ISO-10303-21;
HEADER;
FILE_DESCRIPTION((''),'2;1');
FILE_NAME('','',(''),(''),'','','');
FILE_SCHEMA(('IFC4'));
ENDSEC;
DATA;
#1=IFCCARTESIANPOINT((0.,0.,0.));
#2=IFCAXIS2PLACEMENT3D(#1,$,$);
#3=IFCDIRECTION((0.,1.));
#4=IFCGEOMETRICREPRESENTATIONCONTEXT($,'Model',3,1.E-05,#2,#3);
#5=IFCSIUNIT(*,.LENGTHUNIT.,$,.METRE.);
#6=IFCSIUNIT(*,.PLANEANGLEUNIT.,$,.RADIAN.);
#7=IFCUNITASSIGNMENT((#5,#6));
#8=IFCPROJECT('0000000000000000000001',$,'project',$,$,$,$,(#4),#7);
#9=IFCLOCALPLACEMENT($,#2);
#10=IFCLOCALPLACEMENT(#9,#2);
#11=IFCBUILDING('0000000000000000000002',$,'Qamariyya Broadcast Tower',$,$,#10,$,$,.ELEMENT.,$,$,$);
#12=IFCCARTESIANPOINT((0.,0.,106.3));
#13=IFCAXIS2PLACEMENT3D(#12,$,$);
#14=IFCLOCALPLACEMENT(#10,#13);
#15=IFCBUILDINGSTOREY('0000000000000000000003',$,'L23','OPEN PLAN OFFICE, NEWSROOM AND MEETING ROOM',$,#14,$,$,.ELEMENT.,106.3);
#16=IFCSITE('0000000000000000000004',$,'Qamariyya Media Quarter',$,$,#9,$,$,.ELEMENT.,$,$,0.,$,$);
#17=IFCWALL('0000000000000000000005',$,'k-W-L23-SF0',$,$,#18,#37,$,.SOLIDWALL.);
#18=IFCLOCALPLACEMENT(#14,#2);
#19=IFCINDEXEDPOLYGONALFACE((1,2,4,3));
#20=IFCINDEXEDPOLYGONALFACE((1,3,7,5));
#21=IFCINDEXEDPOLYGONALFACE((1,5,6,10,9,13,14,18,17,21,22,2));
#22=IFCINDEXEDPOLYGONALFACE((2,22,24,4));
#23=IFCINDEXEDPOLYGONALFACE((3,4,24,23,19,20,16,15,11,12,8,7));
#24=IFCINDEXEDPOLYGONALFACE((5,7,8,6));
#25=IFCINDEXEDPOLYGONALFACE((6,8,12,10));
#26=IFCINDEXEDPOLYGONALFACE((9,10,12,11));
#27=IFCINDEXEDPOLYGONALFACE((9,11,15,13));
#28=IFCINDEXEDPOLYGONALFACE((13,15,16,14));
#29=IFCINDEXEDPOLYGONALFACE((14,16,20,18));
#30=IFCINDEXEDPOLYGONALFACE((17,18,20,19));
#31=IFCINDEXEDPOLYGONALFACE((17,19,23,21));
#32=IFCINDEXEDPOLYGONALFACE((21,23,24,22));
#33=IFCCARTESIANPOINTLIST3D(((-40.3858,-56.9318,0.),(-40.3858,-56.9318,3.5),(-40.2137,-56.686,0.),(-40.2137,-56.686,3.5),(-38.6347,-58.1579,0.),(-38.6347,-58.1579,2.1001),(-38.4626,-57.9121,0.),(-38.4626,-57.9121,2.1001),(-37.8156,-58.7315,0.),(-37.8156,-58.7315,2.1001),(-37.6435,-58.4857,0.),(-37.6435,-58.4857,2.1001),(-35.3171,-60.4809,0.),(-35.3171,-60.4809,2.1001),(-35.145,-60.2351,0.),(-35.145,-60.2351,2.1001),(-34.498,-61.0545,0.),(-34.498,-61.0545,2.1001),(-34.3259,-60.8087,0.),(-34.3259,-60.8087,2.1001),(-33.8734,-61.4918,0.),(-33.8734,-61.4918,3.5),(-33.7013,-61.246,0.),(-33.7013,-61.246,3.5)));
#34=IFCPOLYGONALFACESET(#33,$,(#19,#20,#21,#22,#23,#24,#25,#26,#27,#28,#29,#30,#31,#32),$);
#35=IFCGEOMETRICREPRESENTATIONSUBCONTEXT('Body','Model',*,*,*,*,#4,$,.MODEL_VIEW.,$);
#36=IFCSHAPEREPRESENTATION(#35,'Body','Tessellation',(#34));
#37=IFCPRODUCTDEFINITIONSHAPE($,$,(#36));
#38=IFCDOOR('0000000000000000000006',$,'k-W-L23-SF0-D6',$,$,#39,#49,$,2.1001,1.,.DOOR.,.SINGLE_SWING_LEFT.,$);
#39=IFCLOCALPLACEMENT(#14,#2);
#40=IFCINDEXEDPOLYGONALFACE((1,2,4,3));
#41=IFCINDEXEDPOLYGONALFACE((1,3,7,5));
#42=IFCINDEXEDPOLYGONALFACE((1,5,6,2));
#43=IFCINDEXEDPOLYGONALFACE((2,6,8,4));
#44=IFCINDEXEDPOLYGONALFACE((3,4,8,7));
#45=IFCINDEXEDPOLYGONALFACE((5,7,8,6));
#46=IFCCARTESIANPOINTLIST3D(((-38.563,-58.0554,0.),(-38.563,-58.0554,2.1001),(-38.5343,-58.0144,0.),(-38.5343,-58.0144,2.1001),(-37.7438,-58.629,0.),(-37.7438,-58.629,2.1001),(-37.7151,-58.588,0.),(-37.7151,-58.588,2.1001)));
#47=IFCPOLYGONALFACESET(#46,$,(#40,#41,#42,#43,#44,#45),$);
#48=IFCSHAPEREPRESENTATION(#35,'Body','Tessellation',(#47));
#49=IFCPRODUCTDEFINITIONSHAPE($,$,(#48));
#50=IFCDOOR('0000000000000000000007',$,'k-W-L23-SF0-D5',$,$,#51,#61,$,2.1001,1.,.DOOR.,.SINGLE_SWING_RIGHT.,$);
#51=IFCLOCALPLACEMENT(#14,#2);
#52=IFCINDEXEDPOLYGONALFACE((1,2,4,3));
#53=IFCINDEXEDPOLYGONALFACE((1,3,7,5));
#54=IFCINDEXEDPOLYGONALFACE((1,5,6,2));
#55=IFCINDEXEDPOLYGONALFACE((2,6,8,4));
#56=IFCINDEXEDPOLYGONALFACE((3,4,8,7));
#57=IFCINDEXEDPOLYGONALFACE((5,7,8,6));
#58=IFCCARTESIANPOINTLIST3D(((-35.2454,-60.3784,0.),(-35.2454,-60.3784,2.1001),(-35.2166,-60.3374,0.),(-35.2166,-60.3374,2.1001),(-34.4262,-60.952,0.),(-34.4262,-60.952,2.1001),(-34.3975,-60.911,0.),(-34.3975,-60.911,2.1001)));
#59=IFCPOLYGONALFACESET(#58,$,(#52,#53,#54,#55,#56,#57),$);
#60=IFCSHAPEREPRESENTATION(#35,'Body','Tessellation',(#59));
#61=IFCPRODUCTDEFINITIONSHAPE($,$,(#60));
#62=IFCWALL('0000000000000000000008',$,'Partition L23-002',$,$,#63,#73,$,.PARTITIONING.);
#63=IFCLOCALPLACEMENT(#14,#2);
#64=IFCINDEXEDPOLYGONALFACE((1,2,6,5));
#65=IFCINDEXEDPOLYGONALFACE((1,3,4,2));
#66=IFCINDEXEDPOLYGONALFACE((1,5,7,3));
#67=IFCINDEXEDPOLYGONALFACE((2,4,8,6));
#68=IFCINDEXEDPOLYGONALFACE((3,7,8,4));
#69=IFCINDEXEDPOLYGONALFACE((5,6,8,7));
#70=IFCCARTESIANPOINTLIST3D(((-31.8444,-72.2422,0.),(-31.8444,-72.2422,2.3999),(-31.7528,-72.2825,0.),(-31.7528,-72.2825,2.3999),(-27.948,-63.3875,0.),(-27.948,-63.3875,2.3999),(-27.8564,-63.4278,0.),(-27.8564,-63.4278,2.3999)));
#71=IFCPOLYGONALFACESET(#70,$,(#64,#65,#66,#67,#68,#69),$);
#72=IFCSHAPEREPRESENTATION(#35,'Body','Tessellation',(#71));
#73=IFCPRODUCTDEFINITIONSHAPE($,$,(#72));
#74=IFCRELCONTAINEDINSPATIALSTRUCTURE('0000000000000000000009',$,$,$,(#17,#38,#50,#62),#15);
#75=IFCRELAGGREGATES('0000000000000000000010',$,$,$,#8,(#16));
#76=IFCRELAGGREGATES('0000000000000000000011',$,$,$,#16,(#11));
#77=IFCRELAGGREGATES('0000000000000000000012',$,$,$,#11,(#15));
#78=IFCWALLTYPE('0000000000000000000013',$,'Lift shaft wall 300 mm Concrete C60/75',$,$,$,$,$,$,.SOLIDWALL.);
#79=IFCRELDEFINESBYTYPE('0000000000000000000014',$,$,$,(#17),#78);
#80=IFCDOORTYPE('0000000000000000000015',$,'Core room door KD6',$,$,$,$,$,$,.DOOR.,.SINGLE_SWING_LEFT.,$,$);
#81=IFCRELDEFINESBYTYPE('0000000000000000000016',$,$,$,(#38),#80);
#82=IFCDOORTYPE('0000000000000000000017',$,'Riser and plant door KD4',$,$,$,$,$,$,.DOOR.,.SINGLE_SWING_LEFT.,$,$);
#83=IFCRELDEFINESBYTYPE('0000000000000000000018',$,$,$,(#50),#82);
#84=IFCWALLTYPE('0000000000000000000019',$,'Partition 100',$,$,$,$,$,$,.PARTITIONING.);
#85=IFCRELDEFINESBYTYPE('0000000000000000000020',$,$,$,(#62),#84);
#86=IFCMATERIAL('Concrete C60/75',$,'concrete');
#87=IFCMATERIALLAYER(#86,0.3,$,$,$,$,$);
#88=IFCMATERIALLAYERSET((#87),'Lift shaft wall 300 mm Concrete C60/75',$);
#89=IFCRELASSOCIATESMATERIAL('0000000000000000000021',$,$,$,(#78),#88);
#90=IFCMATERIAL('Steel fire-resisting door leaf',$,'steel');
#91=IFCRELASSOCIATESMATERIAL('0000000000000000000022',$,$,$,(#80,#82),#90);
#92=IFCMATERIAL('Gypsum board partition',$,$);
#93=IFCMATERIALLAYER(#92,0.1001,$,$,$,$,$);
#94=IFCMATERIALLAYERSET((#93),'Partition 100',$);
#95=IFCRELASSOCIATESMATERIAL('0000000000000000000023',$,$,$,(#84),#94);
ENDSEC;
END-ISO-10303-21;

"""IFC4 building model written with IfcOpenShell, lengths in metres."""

from ifc_helpers import new_model, si_unit, direction, frame, frame_2d, origin, place, context, subcontext, project, spatial, rectangle, extrude, material, layer, layer_set, type_object, element, fill, save


model = new_model("IFC4")

# Units and contexts
model_context = context("Model", 3, precision=1e-05, world=origin(), true_north=direction((0.0, 1.0)))
body_context = subcontext(model_context, "Body", "Model", "MODEL_VIEW")
ifc_project = project(units=[si_unit("LENGTHUNIT", "METRE"), si_unit("PLANEANGLEUNIT", "RADIAN")], contexts=[model_context])

# Site, building, storey
site_placement = place(None, origin())
site = spatial("IfcSite", under=ifc_project, at=site_placement, Name="Qamariyya Media Quarter", CompositionType="ELEMENT", RefElevation=0.0)
building_placement = place(site_placement, origin())
building = spatial("IfcBuilding", under=site, at=building_placement, Name="Qamariyya Broadcast Tower", CompositionType="ELEMENT")
storey_placement = place(building_placement, frame((0.0, 0.0, 106.3)))
storey = spatial("IfcBuildingStorey", under=building, at=storey_placement, Name="L23", Description="OPEN PLAN OFFICE, NEWSROOM AND MEETING ROOM", CompositionType="ELEMENT", Elevation=106.3)

# Shared definitions
ifc_material_1 = material(Name="Gypsum board partition")

# Shared definitions
ifc_material_2 = material(Name="Concrete C60/75", Category="concrete")
ifc_layer_1 = layer(ifc_material_2, 0.3)
ifc_layer_set_1 = layer_set([ifc_layer_1], Name="Lift shaft wall 300 mm Concrete C60/75")
wall_type_1 = type_object("IfcWallType", Name="Lift shaft wall 300 mm Concrete C60/75", PredefinedType="SOLIDWALL", material=ifc_layer_set_1)
ifc_material_3 = material(Name="Steel fire-resisting door leaf", Category="steel")

# Wall, openings, doors
wall_1_placement = place(storey_placement, frame((-33.7874, -61.3689, 0.0), z_axis=(0.0, 0.0, 1.0), x_axis=(-0.819153, 0.573576, 0.0)))
wall_1 = element("IfcWall", 1, at=wall_1_placement, inside=storey, type_object=wall_type_1, Name="k-W-L23-SF0", PredefinedType="SOLIDWALL", context=body_context, shape_type="SweptSolid", body=[
    extrude(rectangle(XDim=7.9502, YDim=0.3, at=frame_2d((3.9751, 0.0))), origin(), (0.0, 0.0, 1.0), 3.5),
])
opening_1_placement = place(wall_1_placement, frame((0.7625, 0.0, 0.0)))
opening_1 = element("IfcOpeningElement", 2, at=opening_1_placement, cuts=wall_1, PredefinedType="OPENING", context=body_context, shape_type="SweptSolid", body=[
    extrude(rectangle(XDim=1.0, YDim=2.1001, at=frame_2d((0.5, 1.05))), frame((0.0, 0.1599, 0.0), z_axis=(0.0, -1.0, 0.0), x_axis=(1.0, 0.0, 0.0)), (0.0, 0.0, 1.0), 0.3201),
])
opening_2_placement = place(wall_1_placement, frame((4.8125, 0.0, 0.0)))
opening_2 = element("IfcOpeningElement", 3, at=opening_2_placement, cuts=wall_1, PredefinedType="OPENING", context=body_context, shape_type="SweptSolid", body=[
    extrude(rectangle(XDim=1.0, YDim=2.1001, at=frame_2d((0.5, 1.05))), frame((0.0, 0.1599, 0.0), z_axis=(0.0, -1.0, 0.0), x_axis=(1.0, 0.0, 0.0)), (0.0, 0.0, 1.0), 0.3201),
])
door_type_1 = type_object("IfcDoorType", Name="Core room door KD6", OperationType="SINGLE_SWING_LEFT", PredefinedType="DOOR", material=ifc_material_3)
door_1_placement = place(opening_2_placement, origin())
door_1 = element("IfcDoor", 4, at=door_1_placement, inside=storey, type_object=door_type_1, Name="k-W-L23-SF0-D6", OperationType="SINGLE_SWING_LEFT", OverallHeight=2.1001, OverallWidth=1.0, PredefinedType="DOOR", context=body_context, shape_type="SweptSolid", body=[
    extrude(rectangle(XDim=1.0, YDim=2.1001, at=frame_2d((0.5, 1.05))), frame((0.0, 0.0249, 0.0), z_axis=(0.0, -1.0, 0.0), x_axis=(1.0, 0.0, 0.0)), (0.0, 0.0, 1.0), 0.05),
])
fill(opening_2, door_1)
door_type_2 = type_object("IfcDoorType", Name="Riser and plant door KD4", OperationType="SINGLE_SWING_LEFT", PredefinedType="DOOR", material=ifc_material_3)
door_2_placement = place(opening_1_placement, origin())
door_2 = element("IfcDoor", 5, at=door_2_placement, inside=storey, type_object=door_type_2, Name="k-W-L23-SF0-D5", OperationType="SINGLE_SWING_RIGHT", OverallHeight=2.1001, OverallWidth=1.0, PredefinedType="DOOR", context=body_context, shape_type="SweptSolid", body=[
    extrude(rectangle(XDim=1.0, YDim=2.1001, at=frame_2d((0.5, 1.05))), frame((0.0, 0.0249, 0.0), z_axis=(0.0, -1.0, 0.0), x_axis=(1.0, 0.0, 0.0)), (0.0, 0.0, 1.0), 0.05),
])
fill(opening_1, door_2)

# Wall
ifc_layer_2 = layer(ifc_material_1, 0.1001)
ifc_layer_set_2 = layer_set([ifc_layer_2], Name="Partition 100")
wall_type_2 = type_object("IfcWallType", Name="Partition 100", PredefinedType="PARTITIONING", material=ifc_layer_set_2)
wall_2_placement = place(storey_placement, frame((-31.7986, -72.2622, 0.0), z_axis=(0.0, 0.0, 1.0), x_axis=(0.402773, 0.9153, 0.0)))
element("IfcWall", 6, at=wall_2_placement, inside=storey, type_object=wall_type_2, Name="Partition L23-002", PredefinedType="PARTITIONING", context=body_context, shape_type="SweptSolid", body=[
    extrude(rectangle(XDim=9.6741, YDim=0.1001, at=frame_2d((4.8369, 0.0))), origin(), (0.0, 0.0, 1.0), 2.3999),
])

save(model, "model.ifc")
